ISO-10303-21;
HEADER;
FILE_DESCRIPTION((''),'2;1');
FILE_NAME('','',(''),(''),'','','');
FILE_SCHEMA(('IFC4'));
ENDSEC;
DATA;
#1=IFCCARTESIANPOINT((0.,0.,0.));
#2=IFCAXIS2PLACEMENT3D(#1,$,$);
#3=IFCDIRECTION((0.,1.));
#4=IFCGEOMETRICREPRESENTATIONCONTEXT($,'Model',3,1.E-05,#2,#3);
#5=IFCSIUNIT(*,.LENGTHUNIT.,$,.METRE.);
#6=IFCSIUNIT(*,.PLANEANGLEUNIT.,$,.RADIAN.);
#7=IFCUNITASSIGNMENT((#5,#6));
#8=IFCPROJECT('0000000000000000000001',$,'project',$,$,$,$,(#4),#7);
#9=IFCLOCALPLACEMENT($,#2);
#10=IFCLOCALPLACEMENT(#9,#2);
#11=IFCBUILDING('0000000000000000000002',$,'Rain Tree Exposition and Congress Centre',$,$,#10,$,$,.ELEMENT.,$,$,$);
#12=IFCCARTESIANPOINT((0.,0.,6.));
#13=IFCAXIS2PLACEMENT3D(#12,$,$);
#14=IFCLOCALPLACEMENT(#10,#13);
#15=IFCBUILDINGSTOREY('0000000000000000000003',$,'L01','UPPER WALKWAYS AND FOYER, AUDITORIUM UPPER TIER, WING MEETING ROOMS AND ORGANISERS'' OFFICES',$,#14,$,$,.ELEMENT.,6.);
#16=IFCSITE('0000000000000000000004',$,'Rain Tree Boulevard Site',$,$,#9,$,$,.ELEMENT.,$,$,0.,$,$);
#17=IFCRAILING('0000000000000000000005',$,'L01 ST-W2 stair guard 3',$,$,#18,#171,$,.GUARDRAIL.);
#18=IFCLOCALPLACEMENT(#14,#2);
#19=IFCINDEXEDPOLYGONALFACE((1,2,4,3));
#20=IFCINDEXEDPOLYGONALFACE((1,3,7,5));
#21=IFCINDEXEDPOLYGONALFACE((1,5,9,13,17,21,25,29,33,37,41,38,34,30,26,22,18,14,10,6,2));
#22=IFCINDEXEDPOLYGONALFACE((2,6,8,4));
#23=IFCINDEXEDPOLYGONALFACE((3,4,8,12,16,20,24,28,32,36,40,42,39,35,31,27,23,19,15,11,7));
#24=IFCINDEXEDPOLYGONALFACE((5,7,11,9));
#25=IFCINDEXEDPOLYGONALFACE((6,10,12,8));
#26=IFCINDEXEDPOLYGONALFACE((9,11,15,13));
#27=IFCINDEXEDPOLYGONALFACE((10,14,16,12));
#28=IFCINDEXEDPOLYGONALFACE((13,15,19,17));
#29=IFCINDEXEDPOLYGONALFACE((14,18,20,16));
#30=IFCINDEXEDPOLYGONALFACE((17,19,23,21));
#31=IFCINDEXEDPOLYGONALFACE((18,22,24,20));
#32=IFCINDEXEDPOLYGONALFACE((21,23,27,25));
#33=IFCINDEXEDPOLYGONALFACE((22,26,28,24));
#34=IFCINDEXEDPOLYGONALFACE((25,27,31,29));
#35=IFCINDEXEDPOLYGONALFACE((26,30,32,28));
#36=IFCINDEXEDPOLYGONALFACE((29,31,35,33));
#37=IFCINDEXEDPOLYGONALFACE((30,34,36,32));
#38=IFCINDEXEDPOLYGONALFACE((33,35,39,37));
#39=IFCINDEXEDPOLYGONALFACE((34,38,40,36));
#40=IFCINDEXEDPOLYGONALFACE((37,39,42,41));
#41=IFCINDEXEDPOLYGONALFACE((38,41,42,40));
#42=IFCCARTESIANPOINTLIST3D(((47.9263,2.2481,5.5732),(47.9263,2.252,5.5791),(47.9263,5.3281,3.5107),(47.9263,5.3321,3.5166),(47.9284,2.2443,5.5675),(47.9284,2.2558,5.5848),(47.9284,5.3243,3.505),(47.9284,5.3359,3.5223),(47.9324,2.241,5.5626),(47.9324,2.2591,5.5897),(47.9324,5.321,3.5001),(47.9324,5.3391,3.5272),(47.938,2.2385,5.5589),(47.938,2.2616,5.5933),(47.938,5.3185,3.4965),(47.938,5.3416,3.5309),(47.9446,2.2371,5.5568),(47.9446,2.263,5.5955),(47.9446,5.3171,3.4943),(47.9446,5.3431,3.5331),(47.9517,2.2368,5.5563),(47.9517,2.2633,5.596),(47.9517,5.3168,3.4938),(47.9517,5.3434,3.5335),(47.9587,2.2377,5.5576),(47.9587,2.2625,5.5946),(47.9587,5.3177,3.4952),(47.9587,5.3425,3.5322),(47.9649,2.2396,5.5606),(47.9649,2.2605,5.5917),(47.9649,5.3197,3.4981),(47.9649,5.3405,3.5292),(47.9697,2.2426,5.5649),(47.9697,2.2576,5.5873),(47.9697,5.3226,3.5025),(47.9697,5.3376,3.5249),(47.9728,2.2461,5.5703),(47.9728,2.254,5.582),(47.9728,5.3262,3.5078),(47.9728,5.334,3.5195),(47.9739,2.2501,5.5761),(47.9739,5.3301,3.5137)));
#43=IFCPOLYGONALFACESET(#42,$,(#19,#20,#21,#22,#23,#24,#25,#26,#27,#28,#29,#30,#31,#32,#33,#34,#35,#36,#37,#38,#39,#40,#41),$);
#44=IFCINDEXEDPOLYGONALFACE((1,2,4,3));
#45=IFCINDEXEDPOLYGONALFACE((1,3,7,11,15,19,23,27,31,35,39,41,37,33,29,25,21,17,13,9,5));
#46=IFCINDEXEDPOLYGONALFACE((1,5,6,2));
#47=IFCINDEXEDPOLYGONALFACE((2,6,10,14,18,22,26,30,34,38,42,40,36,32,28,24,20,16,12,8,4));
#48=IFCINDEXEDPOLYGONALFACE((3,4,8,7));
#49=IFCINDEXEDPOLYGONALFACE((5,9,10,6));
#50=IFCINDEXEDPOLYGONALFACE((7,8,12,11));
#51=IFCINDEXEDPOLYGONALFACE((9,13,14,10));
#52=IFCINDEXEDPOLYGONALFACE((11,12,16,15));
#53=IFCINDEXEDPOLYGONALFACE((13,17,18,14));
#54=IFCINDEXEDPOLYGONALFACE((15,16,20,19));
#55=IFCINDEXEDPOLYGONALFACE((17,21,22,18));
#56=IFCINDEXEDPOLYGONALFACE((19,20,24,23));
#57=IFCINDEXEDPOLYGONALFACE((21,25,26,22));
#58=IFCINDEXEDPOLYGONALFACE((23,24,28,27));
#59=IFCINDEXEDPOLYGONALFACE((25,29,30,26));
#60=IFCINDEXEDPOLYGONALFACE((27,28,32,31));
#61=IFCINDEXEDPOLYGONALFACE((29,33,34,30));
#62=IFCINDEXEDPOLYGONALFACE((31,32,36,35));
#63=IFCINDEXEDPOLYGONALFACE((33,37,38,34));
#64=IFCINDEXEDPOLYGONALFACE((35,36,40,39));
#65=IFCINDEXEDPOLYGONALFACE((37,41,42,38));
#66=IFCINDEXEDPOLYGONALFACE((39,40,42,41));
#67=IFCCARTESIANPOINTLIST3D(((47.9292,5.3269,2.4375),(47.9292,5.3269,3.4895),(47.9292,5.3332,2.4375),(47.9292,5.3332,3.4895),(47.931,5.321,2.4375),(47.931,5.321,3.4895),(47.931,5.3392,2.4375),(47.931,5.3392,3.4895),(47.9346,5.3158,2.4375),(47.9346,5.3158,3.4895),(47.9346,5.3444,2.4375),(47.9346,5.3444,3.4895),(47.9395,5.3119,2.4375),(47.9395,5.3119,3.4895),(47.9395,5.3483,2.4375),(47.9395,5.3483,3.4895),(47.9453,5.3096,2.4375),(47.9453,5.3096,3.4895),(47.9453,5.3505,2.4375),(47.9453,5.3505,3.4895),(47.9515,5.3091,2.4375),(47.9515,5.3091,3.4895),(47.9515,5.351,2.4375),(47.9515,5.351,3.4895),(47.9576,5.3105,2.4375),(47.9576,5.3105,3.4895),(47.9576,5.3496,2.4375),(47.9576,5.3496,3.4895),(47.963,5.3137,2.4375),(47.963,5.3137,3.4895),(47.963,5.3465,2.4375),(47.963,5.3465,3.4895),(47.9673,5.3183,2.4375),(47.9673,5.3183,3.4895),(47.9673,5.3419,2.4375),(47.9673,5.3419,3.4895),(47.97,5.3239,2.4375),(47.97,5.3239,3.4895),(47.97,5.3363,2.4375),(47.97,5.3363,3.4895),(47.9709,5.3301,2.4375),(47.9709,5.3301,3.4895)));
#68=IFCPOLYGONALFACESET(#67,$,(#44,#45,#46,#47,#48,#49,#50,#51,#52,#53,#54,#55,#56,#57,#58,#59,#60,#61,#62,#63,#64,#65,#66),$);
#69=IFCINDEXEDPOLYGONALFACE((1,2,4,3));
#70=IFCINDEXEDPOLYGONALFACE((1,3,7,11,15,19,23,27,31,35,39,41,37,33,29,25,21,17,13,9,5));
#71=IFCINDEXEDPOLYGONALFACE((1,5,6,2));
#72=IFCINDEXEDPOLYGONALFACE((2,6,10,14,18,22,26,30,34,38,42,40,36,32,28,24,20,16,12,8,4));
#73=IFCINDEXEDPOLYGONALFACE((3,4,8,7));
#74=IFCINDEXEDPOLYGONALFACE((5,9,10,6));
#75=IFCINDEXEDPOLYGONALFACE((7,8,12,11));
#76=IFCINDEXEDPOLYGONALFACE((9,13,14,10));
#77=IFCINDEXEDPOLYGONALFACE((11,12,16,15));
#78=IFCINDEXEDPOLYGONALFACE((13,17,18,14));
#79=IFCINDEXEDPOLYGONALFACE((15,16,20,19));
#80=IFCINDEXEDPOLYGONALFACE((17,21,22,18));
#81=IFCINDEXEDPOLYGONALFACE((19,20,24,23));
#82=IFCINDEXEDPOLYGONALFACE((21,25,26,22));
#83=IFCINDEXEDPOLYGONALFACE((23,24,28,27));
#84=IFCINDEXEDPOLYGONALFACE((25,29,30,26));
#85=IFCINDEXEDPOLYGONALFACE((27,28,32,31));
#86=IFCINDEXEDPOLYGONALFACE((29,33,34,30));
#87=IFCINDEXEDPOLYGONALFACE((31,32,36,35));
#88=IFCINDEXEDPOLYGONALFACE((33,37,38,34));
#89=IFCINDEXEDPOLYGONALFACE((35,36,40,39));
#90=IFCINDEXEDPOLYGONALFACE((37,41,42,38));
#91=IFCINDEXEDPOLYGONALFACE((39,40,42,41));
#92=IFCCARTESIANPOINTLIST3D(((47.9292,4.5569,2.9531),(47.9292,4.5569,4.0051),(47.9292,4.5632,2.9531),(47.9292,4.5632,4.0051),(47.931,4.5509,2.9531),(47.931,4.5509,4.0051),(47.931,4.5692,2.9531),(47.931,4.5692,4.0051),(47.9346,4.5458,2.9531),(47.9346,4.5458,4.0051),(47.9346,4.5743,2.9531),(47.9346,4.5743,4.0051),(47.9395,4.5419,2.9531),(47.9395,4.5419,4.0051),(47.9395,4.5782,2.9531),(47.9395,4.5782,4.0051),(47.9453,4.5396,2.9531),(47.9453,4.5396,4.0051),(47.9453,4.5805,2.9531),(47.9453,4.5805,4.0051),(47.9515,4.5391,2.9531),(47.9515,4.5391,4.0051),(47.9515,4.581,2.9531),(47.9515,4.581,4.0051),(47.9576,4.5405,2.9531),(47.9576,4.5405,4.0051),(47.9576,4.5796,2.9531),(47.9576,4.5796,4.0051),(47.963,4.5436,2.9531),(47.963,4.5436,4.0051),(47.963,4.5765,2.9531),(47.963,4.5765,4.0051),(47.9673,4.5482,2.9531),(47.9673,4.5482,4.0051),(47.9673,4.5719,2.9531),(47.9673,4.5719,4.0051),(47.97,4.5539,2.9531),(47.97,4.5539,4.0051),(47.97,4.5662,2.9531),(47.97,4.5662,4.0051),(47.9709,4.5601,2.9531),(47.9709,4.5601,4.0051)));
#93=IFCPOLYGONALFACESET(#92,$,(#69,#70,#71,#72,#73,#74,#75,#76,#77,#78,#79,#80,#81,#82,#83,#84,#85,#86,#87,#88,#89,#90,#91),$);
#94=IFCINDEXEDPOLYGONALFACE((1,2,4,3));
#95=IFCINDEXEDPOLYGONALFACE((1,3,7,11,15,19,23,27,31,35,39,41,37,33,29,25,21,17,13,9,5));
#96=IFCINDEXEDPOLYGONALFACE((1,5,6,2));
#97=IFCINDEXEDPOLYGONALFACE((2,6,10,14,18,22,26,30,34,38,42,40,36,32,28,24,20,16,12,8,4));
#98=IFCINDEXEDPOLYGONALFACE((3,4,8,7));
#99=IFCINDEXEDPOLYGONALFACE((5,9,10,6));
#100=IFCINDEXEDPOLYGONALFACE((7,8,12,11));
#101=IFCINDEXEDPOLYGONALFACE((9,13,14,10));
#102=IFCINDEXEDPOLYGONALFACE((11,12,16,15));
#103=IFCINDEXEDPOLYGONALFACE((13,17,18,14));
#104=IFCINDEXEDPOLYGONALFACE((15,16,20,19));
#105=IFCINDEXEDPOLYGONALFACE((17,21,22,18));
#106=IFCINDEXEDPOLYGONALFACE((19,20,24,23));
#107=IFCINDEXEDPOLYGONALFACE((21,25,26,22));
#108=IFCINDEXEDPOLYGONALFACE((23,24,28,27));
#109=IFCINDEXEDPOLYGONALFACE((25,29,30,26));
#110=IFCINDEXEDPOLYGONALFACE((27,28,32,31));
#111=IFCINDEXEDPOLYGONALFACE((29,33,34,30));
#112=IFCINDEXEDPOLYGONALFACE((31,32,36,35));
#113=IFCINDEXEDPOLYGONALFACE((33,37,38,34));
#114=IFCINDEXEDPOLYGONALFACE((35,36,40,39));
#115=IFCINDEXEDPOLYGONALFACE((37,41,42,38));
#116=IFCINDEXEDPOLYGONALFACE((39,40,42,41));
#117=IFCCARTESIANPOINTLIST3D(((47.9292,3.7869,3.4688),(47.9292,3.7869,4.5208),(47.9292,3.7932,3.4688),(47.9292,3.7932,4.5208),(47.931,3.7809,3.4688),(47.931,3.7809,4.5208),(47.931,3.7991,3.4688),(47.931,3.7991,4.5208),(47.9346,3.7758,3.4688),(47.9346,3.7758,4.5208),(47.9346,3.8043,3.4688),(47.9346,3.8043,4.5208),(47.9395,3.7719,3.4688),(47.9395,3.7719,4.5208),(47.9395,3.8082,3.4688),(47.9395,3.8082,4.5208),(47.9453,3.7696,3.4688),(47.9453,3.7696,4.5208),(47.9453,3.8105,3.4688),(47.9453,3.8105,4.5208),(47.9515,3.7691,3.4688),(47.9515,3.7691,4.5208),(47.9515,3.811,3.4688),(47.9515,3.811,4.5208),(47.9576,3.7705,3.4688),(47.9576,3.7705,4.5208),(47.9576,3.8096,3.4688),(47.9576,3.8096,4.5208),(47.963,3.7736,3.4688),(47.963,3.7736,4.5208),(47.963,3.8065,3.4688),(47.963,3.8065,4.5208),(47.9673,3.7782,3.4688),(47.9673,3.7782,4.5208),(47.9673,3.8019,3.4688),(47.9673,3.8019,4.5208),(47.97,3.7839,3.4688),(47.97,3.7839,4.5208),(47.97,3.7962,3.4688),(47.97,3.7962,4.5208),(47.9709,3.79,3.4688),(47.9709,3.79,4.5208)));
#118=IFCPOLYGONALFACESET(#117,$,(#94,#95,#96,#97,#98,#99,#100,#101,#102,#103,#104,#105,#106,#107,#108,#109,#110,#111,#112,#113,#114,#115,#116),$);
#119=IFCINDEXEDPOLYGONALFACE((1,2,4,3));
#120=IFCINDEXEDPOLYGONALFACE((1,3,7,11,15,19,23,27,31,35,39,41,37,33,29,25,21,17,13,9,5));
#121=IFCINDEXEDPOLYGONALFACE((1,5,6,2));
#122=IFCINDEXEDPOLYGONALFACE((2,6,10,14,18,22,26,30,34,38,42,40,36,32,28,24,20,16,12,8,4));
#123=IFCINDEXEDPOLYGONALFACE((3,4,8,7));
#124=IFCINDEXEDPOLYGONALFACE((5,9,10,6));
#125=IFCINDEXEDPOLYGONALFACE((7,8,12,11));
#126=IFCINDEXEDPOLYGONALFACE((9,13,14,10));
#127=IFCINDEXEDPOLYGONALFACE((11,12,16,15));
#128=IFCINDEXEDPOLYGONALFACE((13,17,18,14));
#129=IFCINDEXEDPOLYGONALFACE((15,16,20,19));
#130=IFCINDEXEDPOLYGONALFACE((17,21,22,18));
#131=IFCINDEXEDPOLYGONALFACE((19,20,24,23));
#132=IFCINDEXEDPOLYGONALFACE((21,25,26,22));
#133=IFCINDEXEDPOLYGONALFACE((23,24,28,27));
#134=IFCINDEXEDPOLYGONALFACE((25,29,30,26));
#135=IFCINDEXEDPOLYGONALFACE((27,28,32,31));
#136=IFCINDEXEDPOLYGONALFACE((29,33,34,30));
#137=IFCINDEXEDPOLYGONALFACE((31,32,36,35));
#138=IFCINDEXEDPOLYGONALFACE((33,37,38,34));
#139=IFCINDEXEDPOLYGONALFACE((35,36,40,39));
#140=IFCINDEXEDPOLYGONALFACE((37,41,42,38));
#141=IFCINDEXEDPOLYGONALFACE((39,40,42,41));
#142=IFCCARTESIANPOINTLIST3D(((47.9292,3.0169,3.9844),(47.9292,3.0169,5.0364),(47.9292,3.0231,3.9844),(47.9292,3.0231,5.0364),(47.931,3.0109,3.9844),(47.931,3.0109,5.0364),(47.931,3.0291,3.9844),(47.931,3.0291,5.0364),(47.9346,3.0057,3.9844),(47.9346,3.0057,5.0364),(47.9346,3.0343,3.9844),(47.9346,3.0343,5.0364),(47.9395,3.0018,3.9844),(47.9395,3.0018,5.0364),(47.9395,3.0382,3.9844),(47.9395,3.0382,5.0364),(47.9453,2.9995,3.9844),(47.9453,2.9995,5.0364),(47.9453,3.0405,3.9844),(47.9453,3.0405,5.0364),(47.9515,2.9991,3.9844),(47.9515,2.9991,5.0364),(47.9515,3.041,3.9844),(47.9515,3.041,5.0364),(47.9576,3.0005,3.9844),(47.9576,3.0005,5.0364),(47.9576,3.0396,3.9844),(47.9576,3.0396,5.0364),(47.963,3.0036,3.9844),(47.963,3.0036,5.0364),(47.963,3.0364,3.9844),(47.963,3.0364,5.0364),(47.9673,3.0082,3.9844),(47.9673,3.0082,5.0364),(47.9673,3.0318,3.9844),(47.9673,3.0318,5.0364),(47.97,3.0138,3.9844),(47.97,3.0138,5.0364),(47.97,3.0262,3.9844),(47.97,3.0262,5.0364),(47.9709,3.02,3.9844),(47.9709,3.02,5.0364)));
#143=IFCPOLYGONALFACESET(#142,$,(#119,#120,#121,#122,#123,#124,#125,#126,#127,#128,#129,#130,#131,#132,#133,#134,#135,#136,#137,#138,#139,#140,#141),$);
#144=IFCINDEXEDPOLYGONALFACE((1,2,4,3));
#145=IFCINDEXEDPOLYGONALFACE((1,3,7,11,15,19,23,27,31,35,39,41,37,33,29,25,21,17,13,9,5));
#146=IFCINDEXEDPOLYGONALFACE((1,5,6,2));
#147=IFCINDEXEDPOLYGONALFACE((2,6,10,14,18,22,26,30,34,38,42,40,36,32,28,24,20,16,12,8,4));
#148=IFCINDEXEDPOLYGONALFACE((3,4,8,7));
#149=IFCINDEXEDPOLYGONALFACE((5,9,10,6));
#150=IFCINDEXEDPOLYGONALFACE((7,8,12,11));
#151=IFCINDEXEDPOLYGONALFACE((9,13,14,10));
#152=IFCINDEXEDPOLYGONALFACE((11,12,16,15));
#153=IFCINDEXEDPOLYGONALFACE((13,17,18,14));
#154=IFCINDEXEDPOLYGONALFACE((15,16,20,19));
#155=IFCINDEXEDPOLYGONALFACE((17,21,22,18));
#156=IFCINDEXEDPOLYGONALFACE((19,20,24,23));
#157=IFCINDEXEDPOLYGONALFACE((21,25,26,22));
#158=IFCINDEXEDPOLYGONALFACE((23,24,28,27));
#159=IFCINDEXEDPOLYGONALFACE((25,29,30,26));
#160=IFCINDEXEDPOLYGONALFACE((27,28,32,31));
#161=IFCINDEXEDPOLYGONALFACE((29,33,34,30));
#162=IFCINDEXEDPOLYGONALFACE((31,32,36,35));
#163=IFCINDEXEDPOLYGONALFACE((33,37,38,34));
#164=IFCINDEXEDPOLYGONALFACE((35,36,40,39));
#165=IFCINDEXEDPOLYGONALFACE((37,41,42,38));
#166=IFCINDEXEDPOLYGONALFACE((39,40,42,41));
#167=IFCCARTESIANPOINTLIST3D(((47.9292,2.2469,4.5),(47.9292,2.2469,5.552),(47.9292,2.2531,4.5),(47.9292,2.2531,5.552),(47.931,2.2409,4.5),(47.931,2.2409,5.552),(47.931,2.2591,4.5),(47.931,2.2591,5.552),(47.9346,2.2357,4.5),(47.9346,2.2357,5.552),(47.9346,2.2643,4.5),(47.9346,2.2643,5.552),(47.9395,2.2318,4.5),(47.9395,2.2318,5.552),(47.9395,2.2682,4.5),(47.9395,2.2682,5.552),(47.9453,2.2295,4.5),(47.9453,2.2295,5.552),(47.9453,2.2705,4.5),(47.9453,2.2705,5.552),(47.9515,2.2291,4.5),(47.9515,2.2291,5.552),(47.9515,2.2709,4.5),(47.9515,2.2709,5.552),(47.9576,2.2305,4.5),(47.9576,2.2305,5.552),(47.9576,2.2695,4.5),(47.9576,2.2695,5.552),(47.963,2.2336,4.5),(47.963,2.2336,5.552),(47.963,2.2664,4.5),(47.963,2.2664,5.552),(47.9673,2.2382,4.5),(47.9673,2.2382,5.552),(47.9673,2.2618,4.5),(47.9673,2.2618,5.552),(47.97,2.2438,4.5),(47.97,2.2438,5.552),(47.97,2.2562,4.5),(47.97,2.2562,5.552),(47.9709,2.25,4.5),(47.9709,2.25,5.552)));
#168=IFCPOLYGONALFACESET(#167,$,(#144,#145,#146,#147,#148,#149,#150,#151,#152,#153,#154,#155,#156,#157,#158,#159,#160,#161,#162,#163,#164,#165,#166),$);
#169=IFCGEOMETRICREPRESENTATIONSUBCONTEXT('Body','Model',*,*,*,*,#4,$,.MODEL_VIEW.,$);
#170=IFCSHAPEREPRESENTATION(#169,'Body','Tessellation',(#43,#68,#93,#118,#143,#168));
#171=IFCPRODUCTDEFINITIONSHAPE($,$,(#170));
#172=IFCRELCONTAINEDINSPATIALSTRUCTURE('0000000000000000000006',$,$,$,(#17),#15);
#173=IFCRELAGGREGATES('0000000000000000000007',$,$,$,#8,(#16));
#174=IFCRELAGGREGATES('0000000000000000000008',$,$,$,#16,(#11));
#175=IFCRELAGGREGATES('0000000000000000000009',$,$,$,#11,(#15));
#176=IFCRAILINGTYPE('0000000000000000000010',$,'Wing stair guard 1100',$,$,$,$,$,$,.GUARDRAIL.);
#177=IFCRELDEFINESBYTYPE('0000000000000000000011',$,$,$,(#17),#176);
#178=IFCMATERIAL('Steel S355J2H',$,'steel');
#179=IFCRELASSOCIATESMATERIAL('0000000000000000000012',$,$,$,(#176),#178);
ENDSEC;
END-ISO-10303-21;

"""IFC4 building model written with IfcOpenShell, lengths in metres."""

from ifc_helpers import new_model, si_unit, direction, frame, origin, origin_2d, place, context, subcontext, project, spatial, circle, extrude, material, type_object, element, save


model = new_model("IFC4")

# Units and contexts
model_context = context("Model", 3, precision=1e-05, world=origin(), true_north=direction((0.0, 1.0)))
body_context = subcontext(model_context, "Body", "Model", "MODEL_VIEW")
ifc_project = project(units=[si_unit("LENGTHUNIT", "METRE"), si_unit("PLANEANGLEUNIT", "RADIAN")], contexts=[model_context])

# Site, building, storey
site_placement = place(None, origin())
site = spatial("IfcSite", under=ifc_project, at=site_placement, Name="Rain Tree Boulevard Site", CompositionType="ELEMENT", RefElevation=0.0)
building_placement = place(site_placement, origin())
building = spatial("IfcBuilding", under=site, at=building_placement, Name="Rain Tree Exposition and Congress Centre", CompositionType="ELEMENT")
storey_placement = place(building_placement, frame((0.0, 0.0, 6.0)))
storey = spatial("IfcBuildingStorey", under=building, at=storey_placement, Name="L01", Description="UPPER WALKWAYS AND FOYER, AUDITORIUM UPPER TIER, WING MEETING ROOMS AND ORGANISERS' OFFICES", CompositionType="ELEMENT", Elevation=6.0)

# Railing
ifc_material_1 = material(Name="Steel S355J2H", Category="steel")
railing_type_1 = type_object("IfcRailingType", Name="Wing stair guard 1100", PredefinedType="GUARDRAIL", material=ifc_material_1)
railing_1_placement = place(storey_placement, frame((47.95, 5.3301, 2.4375)))
element("IfcRailing", 1, at=railing_1_placement, inside=storey, type_object=railing_type_1, Name="L01 ST-W2 stair guard 3", PredefinedType="GUARDRAIL", context=body_context, shape_type="SweptSolid", body=[
    extrude(circle(Radius=0.0239, at=origin_2d()), frame((0.0, 0.0, 1.0762), z_axis=(0.0, -0.830914, 0.556401), x_axis=(1.0, 0.0, 0.0)), (0.0, 0.0, 1.0), 3.7068),
    extrude(circle(Radius=0.021, at=origin_2d()), origin(), (0.0, 0.0, 1.0), 1.052),
    extrude(circle(Radius=0.021, at=origin_2d()), frame((0.0, -0.77, 0.5156)), (0.0, 0.0, 1.0), 1.052),
    extrude(circle(Radius=0.021, at=origin_2d()), frame((0.0, -1.54, 1.0312)), (0.0, 0.0, 1.0), 1.052),
    extrude(circle(Radius=0.021, at=origin_2d()), frame((0.0, -2.3101, 1.5469)), (0.0, 0.0, 1.0), 1.052),
    extrude(circle(Radius=0.021, at=origin_2d()), frame((0.0, -3.0801, 2.0625)), (0.0, 0.0, 1.0), 1.052),
])

save(model, "model.ifc")
